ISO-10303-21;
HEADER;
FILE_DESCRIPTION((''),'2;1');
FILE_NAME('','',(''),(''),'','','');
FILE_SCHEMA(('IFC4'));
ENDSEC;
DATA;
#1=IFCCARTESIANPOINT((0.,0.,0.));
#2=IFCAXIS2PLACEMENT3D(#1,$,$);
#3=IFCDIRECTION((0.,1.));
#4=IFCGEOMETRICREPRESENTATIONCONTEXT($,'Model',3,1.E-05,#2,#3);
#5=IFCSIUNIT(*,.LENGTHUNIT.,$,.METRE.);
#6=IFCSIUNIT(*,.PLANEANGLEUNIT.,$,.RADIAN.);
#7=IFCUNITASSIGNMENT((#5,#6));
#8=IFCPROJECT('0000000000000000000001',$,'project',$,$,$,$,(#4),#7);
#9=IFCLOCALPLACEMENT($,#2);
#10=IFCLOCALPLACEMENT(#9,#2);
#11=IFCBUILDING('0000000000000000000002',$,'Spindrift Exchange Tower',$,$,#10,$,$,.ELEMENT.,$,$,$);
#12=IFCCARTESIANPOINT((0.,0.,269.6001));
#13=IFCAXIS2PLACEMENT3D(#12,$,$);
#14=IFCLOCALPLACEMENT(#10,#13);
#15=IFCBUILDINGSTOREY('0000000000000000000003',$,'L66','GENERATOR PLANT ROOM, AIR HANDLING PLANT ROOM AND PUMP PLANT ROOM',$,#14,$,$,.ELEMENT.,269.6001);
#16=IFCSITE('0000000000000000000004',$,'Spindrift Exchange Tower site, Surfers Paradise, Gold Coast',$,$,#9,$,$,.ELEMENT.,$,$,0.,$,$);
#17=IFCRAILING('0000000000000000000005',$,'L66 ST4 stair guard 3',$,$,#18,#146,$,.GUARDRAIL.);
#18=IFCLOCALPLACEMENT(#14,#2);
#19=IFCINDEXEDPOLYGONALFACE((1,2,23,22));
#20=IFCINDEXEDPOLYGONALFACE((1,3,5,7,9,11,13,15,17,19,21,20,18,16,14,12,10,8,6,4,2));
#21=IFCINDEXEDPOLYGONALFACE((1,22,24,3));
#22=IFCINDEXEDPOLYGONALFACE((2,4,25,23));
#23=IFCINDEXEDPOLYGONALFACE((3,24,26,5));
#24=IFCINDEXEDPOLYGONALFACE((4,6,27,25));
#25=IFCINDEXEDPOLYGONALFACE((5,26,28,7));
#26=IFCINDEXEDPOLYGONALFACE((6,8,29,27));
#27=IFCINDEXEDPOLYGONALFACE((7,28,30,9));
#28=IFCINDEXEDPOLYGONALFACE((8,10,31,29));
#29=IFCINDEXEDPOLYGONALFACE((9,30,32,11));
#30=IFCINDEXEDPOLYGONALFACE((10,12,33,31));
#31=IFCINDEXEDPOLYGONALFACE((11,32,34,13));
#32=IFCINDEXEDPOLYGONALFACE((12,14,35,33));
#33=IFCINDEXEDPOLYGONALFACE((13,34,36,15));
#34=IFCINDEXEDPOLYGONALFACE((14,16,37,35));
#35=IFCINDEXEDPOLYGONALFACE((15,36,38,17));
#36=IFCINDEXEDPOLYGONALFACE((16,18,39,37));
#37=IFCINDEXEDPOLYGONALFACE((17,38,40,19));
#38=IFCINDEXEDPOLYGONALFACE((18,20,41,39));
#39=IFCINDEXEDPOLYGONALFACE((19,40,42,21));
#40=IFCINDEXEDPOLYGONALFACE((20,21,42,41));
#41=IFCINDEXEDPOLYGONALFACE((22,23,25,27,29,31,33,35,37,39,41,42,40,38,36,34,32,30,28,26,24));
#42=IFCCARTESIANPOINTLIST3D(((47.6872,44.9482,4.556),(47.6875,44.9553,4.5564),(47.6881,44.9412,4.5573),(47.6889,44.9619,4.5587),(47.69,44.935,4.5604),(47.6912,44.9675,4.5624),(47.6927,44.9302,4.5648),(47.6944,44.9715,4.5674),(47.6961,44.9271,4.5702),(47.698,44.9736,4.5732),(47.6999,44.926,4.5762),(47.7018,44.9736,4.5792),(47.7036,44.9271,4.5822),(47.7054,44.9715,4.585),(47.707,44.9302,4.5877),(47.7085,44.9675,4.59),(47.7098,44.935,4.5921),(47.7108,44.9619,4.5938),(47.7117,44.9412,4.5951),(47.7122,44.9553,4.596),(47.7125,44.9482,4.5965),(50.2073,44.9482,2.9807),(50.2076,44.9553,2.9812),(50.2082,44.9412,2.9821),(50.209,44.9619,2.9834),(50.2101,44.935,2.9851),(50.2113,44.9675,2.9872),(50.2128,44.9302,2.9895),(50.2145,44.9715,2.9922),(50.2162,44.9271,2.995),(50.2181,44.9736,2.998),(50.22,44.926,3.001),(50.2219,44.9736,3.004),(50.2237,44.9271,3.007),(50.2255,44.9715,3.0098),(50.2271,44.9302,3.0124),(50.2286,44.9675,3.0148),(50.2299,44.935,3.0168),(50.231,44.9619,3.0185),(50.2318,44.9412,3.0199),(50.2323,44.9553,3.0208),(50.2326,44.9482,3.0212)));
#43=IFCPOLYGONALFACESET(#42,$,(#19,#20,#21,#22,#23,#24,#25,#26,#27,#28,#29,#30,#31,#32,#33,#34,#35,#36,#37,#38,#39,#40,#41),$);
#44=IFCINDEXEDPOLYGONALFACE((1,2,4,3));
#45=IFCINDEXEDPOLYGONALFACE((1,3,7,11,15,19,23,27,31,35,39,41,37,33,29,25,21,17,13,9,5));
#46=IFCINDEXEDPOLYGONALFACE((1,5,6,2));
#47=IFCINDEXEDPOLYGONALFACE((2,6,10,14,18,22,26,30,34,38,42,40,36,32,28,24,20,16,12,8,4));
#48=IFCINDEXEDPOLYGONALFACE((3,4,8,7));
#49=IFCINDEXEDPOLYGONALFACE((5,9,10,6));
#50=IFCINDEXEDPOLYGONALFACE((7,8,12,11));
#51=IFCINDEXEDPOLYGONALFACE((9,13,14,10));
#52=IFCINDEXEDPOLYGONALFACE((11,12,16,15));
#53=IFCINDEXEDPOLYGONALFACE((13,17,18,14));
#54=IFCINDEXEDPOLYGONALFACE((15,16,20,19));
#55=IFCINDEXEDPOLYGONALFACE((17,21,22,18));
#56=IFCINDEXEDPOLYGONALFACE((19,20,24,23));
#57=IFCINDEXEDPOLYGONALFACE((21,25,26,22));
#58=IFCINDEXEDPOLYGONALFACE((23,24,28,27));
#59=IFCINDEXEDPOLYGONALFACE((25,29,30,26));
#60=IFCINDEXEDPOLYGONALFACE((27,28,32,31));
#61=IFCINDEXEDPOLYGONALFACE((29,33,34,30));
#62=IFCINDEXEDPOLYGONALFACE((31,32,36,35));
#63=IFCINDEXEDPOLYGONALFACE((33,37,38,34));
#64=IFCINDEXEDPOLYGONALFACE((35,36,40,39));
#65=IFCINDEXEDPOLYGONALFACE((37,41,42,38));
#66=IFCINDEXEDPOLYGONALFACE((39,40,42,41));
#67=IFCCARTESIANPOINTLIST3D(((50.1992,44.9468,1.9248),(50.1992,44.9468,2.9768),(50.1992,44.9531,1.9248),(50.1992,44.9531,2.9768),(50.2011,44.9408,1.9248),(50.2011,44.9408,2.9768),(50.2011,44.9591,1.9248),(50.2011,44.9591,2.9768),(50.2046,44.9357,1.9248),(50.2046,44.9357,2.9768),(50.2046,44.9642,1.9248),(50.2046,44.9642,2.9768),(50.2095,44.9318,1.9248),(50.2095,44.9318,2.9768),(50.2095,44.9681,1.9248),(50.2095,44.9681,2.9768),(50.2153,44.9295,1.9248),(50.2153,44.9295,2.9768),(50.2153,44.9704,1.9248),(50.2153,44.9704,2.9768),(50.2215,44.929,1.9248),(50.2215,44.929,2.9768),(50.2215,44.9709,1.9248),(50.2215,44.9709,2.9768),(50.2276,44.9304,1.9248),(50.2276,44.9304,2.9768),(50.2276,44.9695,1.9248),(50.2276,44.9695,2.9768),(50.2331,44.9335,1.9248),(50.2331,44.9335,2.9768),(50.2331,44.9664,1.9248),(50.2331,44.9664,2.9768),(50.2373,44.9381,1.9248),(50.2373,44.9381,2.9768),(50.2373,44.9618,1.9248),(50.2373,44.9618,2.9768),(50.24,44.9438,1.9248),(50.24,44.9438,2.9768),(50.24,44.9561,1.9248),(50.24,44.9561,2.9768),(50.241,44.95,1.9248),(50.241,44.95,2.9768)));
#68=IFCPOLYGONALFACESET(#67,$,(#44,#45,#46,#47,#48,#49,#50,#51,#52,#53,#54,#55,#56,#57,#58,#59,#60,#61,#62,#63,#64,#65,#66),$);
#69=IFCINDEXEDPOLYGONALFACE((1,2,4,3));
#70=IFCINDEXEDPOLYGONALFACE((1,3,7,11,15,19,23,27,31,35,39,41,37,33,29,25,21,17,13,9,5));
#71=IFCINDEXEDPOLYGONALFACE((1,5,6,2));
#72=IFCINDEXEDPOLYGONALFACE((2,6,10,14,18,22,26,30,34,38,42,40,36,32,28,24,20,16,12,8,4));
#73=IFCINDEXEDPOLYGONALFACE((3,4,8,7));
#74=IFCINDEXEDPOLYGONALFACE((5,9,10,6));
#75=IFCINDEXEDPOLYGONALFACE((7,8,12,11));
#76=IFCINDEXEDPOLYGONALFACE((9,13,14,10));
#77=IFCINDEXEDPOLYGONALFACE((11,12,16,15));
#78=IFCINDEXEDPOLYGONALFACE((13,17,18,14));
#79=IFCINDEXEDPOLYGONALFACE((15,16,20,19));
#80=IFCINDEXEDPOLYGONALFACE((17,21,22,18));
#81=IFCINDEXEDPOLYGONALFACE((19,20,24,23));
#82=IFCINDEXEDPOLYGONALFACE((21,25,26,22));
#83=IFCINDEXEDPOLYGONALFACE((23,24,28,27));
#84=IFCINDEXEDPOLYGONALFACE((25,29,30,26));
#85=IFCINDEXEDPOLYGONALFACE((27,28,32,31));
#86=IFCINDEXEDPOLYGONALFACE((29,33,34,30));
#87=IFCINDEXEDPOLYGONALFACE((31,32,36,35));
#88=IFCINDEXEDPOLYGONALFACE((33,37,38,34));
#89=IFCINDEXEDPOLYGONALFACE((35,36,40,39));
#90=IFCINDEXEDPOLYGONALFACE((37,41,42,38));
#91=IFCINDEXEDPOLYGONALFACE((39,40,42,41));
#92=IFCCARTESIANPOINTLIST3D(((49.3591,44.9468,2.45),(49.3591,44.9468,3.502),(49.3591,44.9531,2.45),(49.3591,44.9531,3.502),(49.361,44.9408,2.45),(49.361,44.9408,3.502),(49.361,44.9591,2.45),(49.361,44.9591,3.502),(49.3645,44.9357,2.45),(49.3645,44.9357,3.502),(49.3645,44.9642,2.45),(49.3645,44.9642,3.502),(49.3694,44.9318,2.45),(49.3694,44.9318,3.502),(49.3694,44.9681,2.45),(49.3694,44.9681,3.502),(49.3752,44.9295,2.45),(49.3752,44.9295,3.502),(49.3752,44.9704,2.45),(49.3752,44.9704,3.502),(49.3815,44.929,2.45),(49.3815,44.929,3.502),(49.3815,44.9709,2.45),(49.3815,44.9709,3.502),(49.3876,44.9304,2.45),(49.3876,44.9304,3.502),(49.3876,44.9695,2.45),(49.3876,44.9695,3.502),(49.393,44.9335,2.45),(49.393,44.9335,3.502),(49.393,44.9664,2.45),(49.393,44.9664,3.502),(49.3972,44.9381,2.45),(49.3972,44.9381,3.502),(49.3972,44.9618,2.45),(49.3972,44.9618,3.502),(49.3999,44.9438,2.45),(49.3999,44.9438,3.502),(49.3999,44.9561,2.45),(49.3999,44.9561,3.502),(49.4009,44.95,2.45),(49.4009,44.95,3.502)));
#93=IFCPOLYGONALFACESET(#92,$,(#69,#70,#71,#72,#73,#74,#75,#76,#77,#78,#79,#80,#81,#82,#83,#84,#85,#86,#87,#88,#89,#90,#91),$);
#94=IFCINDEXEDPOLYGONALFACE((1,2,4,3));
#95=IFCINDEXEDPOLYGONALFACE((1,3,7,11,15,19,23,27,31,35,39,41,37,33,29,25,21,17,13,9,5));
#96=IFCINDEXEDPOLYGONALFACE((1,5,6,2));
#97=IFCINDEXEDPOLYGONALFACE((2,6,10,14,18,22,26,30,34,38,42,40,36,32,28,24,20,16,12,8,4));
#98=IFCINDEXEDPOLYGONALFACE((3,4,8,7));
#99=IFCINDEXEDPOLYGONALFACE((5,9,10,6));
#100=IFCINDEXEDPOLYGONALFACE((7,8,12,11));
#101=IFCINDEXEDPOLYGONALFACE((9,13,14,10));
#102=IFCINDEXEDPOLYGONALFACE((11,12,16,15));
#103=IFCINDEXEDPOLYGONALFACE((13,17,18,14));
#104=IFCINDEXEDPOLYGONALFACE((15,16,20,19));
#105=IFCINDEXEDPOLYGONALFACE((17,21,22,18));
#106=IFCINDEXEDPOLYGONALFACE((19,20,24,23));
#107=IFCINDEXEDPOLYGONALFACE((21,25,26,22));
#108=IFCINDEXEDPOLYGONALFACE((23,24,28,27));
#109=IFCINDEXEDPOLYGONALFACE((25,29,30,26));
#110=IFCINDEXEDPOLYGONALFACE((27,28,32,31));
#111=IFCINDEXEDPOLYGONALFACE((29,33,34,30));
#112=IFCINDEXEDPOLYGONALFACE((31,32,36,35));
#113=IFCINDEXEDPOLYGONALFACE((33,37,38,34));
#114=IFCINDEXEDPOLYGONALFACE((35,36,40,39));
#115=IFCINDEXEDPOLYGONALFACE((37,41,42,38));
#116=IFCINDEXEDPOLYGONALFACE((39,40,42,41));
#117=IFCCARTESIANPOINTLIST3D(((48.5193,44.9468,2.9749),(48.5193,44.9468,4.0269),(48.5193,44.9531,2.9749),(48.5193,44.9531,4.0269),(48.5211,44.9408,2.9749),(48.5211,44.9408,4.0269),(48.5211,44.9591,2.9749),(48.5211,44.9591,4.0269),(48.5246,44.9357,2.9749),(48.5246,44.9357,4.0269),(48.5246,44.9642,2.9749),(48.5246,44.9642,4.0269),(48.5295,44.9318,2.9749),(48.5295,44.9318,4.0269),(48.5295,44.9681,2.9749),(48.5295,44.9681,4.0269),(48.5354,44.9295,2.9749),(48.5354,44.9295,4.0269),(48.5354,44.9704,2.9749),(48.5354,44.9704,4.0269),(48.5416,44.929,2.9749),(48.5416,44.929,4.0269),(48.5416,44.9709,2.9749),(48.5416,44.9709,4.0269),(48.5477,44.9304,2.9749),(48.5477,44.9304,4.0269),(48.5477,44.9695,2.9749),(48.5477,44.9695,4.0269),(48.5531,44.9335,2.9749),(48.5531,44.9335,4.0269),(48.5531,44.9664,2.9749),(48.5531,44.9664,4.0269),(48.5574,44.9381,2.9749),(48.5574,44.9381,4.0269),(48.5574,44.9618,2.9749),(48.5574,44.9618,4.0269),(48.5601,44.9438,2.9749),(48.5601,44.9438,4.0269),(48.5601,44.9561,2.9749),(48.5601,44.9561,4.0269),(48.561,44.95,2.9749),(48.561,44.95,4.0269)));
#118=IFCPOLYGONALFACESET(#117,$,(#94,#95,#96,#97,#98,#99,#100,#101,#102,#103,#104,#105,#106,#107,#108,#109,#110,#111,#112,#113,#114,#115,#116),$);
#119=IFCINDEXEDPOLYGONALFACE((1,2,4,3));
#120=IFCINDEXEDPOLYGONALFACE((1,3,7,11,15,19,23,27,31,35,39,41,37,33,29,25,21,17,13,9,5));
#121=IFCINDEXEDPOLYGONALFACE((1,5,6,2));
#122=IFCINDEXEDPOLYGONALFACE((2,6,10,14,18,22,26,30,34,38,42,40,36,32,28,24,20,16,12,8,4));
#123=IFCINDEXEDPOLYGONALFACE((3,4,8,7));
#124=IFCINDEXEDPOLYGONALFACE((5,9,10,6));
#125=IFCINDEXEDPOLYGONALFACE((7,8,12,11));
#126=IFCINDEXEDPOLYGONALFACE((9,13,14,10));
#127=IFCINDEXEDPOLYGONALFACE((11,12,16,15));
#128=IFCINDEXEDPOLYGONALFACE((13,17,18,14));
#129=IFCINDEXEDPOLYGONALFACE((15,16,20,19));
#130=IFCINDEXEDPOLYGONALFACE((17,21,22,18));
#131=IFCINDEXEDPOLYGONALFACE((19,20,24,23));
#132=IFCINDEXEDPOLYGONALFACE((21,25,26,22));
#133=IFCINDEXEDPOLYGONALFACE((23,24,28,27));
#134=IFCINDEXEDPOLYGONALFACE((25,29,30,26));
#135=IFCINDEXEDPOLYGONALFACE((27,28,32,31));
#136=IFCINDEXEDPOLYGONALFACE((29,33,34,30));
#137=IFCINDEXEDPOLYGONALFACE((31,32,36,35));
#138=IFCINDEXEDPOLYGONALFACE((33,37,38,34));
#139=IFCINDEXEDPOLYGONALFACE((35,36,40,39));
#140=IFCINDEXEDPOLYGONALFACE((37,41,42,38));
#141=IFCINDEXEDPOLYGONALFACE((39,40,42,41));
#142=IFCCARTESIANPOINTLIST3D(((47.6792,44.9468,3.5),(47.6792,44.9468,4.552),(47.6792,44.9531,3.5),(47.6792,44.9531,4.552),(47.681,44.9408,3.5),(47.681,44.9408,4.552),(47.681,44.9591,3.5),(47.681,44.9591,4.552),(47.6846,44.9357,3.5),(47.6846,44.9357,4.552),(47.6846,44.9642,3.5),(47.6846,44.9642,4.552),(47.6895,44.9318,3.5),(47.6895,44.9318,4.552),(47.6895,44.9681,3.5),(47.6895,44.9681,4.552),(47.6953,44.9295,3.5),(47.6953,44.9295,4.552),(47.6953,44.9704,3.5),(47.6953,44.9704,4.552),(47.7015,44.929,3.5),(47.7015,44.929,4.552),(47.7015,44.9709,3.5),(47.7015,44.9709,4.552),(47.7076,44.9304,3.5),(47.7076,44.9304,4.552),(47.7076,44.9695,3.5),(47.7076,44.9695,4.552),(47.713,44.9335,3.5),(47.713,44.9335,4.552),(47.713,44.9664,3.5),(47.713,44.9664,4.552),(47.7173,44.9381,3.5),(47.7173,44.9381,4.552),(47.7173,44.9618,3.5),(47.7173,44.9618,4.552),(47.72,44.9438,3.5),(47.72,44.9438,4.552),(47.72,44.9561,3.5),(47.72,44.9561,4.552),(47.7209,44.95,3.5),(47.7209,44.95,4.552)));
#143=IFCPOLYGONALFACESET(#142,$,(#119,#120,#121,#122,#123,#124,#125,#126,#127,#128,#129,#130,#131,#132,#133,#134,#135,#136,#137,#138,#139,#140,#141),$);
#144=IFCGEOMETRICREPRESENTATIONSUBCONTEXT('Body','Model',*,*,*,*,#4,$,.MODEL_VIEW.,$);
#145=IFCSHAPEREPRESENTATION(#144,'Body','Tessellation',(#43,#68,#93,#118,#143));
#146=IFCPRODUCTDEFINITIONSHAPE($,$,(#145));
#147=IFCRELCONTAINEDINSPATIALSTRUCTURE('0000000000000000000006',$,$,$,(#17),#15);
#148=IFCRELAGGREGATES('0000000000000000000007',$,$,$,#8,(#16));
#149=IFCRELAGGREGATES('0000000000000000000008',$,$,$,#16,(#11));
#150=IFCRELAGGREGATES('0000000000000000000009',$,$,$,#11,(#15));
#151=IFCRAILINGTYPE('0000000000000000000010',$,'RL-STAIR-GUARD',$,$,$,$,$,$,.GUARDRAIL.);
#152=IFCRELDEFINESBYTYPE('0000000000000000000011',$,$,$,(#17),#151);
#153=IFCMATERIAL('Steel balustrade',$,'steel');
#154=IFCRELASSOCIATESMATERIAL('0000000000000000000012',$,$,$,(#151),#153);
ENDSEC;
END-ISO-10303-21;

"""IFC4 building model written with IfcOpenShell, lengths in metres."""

from ifc_helpers import new_model, si_unit, direction, frame, origin, origin_2d, place, context, subcontext, project, spatial, circle, extrude, material, type_object, element, save


model = new_model("IFC4")

# Units and contexts
model_context = context("Model", 3, precision=1e-05, world=origin(), true_north=direction((0.0, 1.0)))
body_context = subcontext(model_context, "Body", "Model", "MODEL_VIEW")
ifc_project = project(units=[si_unit("LENGTHUNIT", "METRE"), si_unit("PLANEANGLEUNIT", "RADIAN")], contexts=[model_context])

# Site, building, storey
site_placement = place(None, origin())
site = spatial("IfcSite", under=ifc_project, at=site_placement, Name="Spindrift Exchange Tower site, Surfers Paradise, Gold Coast", CompositionType="ELEMENT", RefElevation=0.0)
building_placement = place(site_placement, origin())
building = spatial("IfcBuilding", under=site, at=building_placement, Name="Spindrift Exchange Tower", CompositionType="ELEMENT")
storey_placement = place(building_placement, frame((0.0, 0.0, 269.6001)))
storey = spatial("IfcBuildingStorey", under=building, at=storey_placement, Name="L66", Description="GENERATOR PLANT ROOM, AIR HANDLING PLANT ROOM AND PUMP PLANT ROOM", CompositionType="ELEMENT", Elevation=269.6001)

# Railing
ifc_material_1 = material(Name="Steel balustrade", Category="steel")
railing_type_1 = type_object("IfcRailingType", Name="RL-STAIR-GUARD", PredefinedType="GUARDRAIL", material=ifc_material_1)
railing_1_placement = place(storey_placement, frame((50.22, 44.95, 1.9248)))
element("IfcRailing", 1, at=railing_1_placement, inside=storey, type_object=railing_type_1, Name="L66 ST4 stair guard 3", PredefinedType="GUARDRAIL", context=body_context, shape_type="SweptSolid", body=[
    extrude(circle(Radius=0.0239, at=origin_2d()), frame((0.0, 0.0, 1.0762), z_axis=(-0.847971, 0.0, 0.530043), x_axis=(0.0, -1.0, 0.0)), (0.0, 0.0, 1.0), 2.9719),
    extrude(circle(Radius=0.021, at=origin_2d()), origin(), (0.0, 0.0, 1.0), 1.052),
    extrude(circle(Radius=0.021, at=origin_2d()), frame((-0.8401, 0.0, 0.5251)), (0.0, 0.0, 1.0), 1.052),
    extrude(circle(Radius=0.021, at=origin_2d()), frame((-1.6799, 0.0, 1.05)), (0.0, 0.0, 1.0), 1.052),
    extrude(circle(Radius=0.021, at=origin_2d()), frame((-2.52, 0.0, 1.5752)), (0.0, 0.0, 1.0), 1.052),
])

save(model, "model.ifc")
